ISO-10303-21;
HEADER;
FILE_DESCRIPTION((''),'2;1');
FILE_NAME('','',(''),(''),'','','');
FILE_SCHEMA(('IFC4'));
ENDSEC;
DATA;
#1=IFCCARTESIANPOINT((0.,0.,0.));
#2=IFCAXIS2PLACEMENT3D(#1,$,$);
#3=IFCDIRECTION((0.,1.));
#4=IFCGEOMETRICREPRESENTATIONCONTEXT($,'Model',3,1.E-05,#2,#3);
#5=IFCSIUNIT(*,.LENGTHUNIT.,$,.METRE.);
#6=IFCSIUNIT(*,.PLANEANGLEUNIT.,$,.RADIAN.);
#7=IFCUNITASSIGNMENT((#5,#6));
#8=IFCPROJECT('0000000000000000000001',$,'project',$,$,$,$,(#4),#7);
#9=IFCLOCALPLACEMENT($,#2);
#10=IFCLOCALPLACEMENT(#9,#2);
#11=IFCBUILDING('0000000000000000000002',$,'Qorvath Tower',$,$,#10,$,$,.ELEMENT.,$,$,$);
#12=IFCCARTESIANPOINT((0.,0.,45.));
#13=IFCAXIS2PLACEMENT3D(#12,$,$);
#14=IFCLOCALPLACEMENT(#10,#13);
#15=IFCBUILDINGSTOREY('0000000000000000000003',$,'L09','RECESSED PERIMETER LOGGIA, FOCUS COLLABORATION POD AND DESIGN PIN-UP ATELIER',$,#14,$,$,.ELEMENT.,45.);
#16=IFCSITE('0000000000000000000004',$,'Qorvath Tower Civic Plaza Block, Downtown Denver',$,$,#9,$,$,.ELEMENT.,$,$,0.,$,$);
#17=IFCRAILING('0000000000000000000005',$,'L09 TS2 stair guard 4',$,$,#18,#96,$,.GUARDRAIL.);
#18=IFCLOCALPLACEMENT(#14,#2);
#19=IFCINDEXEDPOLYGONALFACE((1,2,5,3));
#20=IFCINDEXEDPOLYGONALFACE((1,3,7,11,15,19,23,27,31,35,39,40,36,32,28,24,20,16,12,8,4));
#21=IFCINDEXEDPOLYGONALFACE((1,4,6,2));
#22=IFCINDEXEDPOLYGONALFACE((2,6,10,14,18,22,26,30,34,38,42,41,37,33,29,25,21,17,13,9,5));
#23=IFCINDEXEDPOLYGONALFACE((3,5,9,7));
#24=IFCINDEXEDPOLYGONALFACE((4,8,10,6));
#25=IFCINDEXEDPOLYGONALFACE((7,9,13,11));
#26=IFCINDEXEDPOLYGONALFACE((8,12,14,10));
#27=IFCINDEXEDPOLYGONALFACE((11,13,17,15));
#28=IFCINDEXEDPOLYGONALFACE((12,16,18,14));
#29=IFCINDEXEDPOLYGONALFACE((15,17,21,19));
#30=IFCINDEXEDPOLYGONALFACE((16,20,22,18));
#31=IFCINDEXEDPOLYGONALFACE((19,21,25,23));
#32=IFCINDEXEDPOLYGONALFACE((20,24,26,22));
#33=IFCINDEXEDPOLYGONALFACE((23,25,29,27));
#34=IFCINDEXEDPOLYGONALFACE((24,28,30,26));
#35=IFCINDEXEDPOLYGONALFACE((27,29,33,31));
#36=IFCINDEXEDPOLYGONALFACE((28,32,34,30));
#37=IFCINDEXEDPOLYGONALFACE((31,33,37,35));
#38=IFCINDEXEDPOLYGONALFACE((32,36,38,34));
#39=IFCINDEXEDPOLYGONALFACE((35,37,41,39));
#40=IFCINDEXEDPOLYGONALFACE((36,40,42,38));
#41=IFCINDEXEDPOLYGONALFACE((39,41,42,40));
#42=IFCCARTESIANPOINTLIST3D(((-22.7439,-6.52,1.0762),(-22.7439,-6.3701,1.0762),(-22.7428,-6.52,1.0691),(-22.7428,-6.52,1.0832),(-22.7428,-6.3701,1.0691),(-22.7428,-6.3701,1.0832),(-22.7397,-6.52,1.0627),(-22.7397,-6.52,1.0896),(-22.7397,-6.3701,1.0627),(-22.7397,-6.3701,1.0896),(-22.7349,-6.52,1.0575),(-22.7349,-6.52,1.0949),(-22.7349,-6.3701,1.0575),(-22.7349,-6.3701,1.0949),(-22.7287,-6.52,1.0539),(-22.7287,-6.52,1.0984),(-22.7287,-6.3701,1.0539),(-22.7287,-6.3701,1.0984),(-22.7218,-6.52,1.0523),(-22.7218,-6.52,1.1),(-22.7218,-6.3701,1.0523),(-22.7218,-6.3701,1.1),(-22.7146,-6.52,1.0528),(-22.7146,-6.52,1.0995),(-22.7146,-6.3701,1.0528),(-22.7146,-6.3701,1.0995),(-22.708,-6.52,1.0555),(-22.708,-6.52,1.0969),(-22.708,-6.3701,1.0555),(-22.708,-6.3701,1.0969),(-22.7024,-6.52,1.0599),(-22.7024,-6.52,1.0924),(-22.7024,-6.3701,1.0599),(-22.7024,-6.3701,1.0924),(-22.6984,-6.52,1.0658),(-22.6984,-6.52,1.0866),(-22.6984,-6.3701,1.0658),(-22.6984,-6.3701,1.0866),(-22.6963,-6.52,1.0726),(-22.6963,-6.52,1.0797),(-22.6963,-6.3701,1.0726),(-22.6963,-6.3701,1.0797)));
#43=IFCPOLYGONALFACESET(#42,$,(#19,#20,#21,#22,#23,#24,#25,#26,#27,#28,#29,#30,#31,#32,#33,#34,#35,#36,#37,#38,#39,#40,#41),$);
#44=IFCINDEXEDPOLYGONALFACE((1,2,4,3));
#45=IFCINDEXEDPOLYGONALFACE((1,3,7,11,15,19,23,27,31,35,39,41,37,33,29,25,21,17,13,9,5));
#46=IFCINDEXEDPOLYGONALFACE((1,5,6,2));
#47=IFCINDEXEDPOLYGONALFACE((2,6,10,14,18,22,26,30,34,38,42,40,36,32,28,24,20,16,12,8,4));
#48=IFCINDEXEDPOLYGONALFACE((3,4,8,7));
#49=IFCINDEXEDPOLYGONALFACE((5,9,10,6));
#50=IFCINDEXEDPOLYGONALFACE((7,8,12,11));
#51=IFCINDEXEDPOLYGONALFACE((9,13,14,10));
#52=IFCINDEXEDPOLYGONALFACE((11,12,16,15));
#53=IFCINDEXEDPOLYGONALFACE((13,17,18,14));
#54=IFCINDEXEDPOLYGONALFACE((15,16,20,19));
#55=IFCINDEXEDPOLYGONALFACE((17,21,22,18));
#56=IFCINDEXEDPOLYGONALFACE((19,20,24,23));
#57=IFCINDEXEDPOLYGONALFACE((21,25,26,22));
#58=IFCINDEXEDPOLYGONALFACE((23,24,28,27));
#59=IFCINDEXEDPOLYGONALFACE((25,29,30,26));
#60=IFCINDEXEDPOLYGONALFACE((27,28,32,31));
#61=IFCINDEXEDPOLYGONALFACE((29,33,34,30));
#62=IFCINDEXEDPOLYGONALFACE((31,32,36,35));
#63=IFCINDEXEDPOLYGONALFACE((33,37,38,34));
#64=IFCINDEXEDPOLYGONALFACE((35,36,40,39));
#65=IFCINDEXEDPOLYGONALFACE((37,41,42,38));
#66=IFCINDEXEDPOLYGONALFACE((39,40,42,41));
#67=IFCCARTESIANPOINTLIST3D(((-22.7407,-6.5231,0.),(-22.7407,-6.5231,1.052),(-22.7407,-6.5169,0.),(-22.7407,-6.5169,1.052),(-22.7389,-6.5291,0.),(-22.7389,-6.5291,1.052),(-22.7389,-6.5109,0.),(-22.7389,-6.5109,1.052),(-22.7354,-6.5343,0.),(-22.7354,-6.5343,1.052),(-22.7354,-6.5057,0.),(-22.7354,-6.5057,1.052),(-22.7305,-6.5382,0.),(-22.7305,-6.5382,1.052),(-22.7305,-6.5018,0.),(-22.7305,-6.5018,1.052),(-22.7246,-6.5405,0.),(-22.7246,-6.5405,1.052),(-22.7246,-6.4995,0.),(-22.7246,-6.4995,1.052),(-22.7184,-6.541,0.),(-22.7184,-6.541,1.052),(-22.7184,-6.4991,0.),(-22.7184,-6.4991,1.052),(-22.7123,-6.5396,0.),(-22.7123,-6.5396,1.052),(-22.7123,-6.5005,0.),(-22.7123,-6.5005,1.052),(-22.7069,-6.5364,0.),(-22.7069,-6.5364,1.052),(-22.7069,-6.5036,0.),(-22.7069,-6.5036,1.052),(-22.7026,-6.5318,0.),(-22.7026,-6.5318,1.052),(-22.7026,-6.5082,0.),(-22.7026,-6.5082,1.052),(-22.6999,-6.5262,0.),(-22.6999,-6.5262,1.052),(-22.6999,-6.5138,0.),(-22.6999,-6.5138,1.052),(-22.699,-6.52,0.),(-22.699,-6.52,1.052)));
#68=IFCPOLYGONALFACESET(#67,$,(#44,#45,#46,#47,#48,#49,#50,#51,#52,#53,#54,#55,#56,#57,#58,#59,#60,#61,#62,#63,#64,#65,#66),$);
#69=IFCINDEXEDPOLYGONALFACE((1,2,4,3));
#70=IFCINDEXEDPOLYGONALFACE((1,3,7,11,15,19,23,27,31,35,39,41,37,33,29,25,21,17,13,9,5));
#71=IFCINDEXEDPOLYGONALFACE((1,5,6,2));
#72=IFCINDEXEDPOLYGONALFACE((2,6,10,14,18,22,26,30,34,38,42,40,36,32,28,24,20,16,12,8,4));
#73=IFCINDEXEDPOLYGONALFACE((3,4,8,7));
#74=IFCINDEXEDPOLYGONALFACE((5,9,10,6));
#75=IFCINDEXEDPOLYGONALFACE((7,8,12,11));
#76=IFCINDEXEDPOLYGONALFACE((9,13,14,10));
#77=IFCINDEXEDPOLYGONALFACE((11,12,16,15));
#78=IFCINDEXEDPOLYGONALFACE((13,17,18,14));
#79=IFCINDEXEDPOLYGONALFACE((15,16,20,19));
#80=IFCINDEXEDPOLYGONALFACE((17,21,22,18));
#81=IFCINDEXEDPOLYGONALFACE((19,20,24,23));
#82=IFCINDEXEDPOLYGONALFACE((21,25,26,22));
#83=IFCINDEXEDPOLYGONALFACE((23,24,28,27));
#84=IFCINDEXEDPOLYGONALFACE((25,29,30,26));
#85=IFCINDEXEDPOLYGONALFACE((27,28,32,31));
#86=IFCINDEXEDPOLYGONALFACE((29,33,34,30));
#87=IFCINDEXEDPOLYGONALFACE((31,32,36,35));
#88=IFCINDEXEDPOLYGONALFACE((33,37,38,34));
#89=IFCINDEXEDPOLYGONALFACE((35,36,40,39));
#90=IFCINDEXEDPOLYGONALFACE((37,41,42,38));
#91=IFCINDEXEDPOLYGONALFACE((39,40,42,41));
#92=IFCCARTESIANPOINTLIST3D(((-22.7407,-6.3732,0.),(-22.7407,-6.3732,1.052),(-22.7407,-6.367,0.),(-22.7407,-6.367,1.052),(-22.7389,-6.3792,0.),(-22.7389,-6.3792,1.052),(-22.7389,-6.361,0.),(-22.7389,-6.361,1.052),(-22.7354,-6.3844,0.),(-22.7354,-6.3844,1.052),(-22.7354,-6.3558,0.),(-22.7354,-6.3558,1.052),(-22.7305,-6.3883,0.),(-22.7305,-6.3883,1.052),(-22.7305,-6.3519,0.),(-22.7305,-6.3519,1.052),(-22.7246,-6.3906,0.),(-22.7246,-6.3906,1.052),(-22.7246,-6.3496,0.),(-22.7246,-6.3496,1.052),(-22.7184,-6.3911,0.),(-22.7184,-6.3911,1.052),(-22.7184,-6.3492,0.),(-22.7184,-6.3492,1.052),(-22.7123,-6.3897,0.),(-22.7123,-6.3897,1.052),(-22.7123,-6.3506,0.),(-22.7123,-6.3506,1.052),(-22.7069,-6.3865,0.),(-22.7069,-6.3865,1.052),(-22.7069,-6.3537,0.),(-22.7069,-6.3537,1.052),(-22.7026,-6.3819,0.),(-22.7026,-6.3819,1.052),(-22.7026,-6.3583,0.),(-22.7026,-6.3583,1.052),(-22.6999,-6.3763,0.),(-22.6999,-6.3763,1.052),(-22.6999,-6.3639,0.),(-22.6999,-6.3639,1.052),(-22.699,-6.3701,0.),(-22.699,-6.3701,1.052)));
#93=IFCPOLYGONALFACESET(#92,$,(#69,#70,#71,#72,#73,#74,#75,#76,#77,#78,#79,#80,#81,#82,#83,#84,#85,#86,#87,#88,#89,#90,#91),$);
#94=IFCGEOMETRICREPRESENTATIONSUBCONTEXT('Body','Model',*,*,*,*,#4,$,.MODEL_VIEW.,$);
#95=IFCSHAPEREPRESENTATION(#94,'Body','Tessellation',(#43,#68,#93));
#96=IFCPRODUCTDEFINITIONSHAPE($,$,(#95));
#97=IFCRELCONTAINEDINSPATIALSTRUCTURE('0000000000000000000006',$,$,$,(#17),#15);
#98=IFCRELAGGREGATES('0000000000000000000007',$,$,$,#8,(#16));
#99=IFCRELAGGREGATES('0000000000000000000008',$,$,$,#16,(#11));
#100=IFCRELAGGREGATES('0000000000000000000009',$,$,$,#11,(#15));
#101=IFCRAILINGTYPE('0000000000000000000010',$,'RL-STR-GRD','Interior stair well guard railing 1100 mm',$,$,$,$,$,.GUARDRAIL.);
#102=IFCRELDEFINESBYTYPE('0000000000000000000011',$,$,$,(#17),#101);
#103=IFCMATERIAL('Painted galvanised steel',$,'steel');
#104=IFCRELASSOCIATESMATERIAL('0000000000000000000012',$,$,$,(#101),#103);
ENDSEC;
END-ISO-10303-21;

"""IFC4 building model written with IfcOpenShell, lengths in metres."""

from ifc_helpers import new_model, si_unit, direction, frame, origin, origin_2d, place, context, subcontext, project, spatial, circle, extrude, material, type_object, element, save


model = new_model("IFC4")

# Units and contexts
model_context = context("Model", 3, precision=1e-05, world=origin(), true_north=direction((0.0, 1.0)))
body_context = subcontext(model_context, "Body", "Model", "MODEL_VIEW")
ifc_project = project(units=[si_unit("LENGTHUNIT", "METRE"), si_unit("PLANEANGLEUNIT", "RADIAN")], contexts=[model_context])

# Site, building, storey
site_placement = place(None, origin())
site = spatial("IfcSite", under=ifc_project, at=site_placement, Name="Qorvath Tower Civic Plaza Block, Downtown Denver", CompositionType="ELEMENT", RefElevation=0.0)
building_placement = place(site_placement, origin())
building = spatial("IfcBuilding", under=site, at=building_placement, Name="Qorvath Tower", CompositionType="ELEMENT")
storey_placement = place(building_placement, frame((0.0, 0.0, 45.0)))
storey = spatial("IfcBuildingStorey", under=building, at=storey_placement, Name="L09", Description="RECESSED PERIMETER LOGGIA, FOCUS COLLABORATION POD AND DESIGN PIN-UP ATELIER", CompositionType="ELEMENT", Elevation=45.0)

# Railing
ifc_material_1 = material(Name="Painted galvanised steel", Category="steel")
railing_type_1 = type_object("IfcRailingType", Name="RL-STR-GRD", Description="Interior stair well guard railing 1100 mm", PredefinedType="GUARDRAIL", material=ifc_material_1)
railing_1_placement = place(storey_placement, frame((-22.72, -6.52, 0.0)))
element("IfcRailing", 1, at=railing_1_placement, inside=storey, type_object=railing_type_1, Name="L09 TS2 stair guard 4", PredefinedType="GUARDRAIL", context=body_context, shape_type="SweptSolid", body=[
    extrude(circle(Radius=0.0239, at=origin_2d()), frame((0.0, 0.0, 1.0762), z_axis=(0.0, 1.0, 0.0), x_axis=(-1.0, 0.0, 0.0)), (0.0, 0.0, 1.0), 0.1499),
    extrude(circle(Radius=0.021, at=origin_2d()), origin(), (0.0, 0.0, 1.0), 1.052),
    extrude(circle(Radius=0.021, at=origin_2d()), frame((0.0, 0.1499, 0.0)), (0.0, 0.0, 1.0), 1.052),
])

save(model, "model.ifc")
